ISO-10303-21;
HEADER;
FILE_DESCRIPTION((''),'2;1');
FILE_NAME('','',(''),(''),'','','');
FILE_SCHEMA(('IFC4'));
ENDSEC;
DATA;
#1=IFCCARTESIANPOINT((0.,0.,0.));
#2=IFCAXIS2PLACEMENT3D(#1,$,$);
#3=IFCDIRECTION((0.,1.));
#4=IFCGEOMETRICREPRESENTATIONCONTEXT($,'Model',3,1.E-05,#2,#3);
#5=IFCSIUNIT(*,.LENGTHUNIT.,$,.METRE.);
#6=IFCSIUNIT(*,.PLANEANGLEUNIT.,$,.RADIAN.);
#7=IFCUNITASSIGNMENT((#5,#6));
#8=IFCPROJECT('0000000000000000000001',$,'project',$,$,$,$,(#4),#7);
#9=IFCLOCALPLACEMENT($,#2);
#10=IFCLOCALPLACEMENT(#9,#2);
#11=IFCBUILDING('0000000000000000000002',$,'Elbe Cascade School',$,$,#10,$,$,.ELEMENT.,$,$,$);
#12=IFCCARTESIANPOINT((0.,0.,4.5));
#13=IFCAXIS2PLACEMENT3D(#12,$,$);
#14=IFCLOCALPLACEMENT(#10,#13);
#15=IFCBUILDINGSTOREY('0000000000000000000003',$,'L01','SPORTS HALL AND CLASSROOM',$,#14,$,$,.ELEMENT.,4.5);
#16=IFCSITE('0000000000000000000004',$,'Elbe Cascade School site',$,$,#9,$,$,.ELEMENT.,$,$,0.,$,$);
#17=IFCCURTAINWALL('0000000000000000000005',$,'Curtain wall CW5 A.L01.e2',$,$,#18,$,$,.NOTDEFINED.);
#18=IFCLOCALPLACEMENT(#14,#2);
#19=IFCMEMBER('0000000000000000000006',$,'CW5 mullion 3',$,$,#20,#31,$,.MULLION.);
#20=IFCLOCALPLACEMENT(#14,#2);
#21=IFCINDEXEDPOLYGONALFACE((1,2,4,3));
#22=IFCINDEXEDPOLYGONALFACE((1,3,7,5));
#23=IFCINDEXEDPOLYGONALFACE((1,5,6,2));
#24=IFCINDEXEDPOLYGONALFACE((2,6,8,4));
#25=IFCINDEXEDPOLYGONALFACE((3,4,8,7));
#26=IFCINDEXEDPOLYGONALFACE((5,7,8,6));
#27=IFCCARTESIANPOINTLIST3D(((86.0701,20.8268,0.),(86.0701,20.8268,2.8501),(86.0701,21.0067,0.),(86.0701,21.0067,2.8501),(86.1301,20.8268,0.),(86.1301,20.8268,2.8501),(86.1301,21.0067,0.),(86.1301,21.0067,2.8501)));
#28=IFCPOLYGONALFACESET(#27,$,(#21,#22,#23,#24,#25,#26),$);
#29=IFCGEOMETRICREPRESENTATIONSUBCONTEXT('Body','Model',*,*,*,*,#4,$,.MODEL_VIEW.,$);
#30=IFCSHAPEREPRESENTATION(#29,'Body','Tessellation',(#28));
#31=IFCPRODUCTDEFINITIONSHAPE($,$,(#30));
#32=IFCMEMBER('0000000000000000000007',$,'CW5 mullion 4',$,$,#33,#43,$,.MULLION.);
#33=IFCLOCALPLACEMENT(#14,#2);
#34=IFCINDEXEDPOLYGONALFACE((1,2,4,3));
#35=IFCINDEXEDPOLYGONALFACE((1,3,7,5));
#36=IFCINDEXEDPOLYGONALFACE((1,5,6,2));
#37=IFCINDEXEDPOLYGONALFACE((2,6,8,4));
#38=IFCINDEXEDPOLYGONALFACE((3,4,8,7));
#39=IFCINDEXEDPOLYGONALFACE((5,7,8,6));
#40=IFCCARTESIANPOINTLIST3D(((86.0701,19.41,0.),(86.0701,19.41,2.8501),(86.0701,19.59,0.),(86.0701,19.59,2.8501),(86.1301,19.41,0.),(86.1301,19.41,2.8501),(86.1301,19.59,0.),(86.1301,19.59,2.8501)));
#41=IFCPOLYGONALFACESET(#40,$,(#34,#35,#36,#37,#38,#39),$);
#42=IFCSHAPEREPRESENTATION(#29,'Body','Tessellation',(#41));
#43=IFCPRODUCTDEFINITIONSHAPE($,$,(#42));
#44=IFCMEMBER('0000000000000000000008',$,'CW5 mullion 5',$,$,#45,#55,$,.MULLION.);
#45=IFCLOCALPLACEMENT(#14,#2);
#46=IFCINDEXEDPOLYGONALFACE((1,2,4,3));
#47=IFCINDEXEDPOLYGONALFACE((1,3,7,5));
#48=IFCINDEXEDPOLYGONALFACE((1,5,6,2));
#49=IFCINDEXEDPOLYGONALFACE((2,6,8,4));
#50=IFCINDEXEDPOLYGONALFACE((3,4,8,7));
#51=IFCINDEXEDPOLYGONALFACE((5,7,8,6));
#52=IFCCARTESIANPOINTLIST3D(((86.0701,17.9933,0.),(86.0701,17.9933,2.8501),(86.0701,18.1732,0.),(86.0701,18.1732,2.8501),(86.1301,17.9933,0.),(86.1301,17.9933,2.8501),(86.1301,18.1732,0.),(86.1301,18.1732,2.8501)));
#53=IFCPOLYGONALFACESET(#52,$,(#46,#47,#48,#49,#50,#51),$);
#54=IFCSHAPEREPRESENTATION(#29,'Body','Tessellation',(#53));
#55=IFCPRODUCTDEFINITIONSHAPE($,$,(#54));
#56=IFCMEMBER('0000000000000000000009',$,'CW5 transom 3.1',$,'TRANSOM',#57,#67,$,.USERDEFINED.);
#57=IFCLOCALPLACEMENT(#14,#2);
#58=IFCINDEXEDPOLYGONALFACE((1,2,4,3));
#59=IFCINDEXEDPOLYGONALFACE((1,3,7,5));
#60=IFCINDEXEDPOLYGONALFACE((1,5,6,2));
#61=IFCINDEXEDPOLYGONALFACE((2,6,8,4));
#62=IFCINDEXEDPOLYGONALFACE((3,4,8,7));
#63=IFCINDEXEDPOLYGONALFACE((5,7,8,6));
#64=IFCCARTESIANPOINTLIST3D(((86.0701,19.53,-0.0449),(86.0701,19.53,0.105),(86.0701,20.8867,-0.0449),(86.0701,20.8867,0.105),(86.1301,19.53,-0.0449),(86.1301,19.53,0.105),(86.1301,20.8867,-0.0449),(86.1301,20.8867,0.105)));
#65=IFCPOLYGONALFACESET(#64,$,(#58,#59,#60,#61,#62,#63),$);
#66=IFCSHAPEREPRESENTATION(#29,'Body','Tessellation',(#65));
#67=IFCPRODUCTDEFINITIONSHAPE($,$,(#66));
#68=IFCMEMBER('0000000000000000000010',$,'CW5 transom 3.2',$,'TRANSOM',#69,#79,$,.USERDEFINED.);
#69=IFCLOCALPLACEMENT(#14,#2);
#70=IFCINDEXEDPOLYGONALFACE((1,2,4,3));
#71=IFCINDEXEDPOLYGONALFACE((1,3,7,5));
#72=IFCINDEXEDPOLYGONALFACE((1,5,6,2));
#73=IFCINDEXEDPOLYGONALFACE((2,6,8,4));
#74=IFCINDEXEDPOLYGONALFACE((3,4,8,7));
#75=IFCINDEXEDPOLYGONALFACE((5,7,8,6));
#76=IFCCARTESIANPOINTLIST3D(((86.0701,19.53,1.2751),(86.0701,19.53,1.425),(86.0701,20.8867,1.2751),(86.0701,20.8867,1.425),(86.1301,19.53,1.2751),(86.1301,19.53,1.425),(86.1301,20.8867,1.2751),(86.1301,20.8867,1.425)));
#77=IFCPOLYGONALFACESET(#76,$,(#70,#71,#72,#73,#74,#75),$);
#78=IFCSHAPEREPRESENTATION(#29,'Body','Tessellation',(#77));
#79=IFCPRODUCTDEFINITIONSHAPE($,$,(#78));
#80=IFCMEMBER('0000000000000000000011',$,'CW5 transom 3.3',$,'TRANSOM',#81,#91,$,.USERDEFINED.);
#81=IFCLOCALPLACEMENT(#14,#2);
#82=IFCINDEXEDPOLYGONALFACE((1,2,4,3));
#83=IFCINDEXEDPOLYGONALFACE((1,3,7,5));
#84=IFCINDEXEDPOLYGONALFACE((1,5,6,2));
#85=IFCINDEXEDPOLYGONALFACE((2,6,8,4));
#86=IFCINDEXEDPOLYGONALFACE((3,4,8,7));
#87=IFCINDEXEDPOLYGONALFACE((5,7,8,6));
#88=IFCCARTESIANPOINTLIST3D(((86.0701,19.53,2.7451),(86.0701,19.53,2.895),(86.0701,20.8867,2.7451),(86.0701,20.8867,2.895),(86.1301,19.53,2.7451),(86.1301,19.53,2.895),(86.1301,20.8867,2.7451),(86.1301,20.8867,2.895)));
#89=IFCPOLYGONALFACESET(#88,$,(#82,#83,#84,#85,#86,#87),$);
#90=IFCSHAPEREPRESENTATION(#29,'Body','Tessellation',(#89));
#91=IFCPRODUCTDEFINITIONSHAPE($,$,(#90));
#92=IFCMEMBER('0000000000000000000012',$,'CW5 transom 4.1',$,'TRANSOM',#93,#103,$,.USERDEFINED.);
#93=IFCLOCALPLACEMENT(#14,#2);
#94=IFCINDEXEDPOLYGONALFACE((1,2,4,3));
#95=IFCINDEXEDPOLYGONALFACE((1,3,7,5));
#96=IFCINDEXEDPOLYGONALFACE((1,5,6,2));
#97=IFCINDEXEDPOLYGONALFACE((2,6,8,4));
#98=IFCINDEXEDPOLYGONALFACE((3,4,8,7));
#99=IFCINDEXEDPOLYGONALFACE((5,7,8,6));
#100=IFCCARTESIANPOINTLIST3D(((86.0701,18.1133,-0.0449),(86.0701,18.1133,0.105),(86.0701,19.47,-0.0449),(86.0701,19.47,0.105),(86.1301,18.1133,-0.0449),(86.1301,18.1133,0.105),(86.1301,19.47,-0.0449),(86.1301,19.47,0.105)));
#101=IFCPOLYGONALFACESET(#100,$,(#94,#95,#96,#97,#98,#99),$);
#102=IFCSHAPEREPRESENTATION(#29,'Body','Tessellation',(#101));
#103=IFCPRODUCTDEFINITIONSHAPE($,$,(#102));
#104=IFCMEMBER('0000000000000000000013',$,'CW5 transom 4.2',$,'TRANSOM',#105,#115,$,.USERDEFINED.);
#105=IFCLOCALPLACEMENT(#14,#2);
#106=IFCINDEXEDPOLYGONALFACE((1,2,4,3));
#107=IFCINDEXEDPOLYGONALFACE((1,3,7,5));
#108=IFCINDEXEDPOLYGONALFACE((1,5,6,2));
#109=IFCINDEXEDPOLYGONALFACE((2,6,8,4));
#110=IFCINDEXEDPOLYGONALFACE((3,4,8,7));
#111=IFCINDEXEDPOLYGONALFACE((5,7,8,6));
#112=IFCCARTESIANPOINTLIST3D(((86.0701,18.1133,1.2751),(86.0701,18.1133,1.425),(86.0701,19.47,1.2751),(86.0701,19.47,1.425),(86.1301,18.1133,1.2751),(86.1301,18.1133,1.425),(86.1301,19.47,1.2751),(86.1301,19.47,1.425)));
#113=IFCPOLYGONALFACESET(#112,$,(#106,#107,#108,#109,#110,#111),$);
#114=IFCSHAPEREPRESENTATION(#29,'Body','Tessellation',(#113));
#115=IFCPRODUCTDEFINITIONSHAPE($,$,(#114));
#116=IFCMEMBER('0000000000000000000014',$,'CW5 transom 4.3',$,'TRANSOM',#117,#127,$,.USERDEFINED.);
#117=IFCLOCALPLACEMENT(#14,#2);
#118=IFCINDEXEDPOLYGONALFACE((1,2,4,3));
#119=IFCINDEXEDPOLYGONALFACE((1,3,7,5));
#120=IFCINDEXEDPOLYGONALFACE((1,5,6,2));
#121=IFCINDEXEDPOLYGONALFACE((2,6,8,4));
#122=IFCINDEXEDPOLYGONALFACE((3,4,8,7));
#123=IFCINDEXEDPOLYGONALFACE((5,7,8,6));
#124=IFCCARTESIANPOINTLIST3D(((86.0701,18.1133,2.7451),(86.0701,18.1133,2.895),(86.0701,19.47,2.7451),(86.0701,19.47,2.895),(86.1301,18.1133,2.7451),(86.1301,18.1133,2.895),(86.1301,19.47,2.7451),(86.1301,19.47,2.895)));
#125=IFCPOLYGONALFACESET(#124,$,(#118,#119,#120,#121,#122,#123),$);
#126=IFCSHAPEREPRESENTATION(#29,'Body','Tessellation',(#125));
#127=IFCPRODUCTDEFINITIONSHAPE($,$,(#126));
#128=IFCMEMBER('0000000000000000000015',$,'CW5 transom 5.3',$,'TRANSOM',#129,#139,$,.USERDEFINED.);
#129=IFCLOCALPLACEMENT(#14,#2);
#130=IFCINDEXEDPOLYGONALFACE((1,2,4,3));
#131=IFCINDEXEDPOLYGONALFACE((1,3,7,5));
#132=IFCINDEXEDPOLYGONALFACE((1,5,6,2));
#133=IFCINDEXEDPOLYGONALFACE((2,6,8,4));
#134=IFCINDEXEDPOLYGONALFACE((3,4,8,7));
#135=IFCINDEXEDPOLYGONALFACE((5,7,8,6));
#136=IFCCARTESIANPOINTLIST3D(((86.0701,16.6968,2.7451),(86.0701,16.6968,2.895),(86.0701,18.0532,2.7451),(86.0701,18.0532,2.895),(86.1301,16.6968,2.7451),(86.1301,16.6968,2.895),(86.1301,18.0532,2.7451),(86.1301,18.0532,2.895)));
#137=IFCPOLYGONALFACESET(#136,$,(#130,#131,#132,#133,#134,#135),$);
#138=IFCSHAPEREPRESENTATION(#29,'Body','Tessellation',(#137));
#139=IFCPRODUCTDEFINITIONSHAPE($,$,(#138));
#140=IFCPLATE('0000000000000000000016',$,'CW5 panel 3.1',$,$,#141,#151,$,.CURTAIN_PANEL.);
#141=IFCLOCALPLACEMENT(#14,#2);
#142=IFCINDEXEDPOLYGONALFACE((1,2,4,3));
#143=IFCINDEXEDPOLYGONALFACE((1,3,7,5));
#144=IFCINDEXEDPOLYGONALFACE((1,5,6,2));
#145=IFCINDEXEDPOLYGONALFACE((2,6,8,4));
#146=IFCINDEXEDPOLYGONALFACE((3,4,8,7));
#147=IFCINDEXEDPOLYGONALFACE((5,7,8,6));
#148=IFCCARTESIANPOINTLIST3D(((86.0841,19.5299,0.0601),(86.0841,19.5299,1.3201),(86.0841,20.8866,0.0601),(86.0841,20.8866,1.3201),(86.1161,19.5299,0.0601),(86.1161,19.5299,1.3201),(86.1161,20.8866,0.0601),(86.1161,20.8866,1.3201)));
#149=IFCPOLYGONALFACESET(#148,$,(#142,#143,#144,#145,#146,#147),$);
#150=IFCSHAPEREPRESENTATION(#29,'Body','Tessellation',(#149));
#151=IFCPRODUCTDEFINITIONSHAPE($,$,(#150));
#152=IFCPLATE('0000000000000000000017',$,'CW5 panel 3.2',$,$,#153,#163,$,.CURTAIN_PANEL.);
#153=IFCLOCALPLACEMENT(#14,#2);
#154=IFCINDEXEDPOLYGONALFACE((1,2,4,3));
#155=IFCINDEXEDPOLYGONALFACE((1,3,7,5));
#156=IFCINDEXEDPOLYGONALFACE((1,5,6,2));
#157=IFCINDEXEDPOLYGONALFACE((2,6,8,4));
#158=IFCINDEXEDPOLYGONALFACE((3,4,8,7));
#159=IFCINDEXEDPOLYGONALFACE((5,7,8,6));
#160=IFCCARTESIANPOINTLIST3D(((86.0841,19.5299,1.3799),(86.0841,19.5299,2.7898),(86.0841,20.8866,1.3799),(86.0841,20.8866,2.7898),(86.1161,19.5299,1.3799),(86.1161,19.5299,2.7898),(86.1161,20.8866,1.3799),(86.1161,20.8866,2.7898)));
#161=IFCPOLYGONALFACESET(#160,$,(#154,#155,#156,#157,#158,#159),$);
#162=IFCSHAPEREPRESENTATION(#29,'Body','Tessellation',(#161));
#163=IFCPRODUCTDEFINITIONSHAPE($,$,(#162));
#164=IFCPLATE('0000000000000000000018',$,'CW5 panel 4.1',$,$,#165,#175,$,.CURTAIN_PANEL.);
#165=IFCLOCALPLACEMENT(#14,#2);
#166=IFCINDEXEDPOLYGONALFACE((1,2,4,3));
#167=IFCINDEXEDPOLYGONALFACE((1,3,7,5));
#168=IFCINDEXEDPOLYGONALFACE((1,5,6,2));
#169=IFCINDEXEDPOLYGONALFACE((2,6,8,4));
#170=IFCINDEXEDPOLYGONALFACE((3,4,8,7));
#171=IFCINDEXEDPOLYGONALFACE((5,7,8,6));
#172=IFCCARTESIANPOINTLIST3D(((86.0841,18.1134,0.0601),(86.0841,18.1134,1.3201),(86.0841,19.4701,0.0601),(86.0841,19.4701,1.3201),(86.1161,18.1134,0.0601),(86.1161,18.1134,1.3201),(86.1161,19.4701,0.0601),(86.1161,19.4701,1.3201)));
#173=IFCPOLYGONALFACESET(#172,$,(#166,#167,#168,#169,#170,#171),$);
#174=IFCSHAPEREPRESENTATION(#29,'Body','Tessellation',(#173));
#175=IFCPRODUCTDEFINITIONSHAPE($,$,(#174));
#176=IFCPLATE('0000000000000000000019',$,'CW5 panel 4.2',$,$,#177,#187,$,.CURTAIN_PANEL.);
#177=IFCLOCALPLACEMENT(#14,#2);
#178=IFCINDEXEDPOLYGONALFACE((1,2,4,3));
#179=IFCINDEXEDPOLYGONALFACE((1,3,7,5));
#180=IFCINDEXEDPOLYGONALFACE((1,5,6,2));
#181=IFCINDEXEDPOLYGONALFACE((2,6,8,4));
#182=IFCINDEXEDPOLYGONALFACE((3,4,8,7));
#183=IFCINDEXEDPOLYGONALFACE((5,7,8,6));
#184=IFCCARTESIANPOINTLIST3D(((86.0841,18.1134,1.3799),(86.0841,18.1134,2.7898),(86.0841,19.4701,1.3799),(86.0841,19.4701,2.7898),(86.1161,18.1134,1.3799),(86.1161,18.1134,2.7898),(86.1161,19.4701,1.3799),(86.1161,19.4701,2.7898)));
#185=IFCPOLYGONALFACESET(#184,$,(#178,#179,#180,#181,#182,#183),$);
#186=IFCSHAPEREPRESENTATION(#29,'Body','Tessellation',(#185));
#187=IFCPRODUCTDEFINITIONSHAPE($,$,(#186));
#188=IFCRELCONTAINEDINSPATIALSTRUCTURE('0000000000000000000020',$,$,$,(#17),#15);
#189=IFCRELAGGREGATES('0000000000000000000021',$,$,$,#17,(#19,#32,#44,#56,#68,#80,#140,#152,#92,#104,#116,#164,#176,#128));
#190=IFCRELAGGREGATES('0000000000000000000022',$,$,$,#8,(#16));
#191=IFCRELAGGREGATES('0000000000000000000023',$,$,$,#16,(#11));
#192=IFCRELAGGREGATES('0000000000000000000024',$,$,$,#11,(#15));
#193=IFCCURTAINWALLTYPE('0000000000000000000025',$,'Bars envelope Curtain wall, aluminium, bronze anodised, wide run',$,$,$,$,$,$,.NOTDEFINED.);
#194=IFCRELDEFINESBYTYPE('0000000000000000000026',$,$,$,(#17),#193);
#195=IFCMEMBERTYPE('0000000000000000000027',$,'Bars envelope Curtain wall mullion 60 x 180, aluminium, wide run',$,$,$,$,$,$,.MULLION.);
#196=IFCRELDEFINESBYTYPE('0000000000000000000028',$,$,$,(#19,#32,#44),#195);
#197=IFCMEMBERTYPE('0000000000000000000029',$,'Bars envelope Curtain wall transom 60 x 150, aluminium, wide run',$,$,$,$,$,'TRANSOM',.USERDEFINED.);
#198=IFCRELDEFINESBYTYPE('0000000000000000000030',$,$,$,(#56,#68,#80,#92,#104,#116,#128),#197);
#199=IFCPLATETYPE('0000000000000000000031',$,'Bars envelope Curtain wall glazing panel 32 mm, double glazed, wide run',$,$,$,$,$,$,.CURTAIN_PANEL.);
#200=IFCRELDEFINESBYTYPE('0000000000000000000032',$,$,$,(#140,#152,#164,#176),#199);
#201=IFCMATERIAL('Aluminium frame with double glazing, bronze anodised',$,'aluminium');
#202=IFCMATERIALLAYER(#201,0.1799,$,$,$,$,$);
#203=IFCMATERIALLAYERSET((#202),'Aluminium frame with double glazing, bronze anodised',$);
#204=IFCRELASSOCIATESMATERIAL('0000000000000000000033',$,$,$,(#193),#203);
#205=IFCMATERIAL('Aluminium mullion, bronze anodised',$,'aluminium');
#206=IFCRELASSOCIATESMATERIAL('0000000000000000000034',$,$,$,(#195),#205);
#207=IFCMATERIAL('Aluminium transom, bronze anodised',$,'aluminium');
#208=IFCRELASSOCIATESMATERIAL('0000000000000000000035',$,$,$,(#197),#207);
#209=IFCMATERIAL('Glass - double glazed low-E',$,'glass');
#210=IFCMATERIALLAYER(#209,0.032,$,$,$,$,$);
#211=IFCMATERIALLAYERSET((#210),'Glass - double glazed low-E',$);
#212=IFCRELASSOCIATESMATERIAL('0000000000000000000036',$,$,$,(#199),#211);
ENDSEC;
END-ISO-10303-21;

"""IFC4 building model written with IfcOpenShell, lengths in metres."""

from ifc_helpers import new_model, si_unit, direction, frame, origin, origin_2d, place, context, subcontext, project, spatial, rectangle, extrude, material, layer, layer_set, material_profile, profile_set, type_object, element, aggregate, save


model = new_model("IFC4")

# Units and contexts
model_context = context("Model", 3, precision=1e-05, world=origin(), true_north=direction((0.0, 1.0)))
body_context = subcontext(model_context, "Body", "Model", "MODEL_VIEW")
ifc_project = project(units=[si_unit("LENGTHUNIT", "METRE"), si_unit("PLANEANGLEUNIT", "RADIAN")], contexts=[model_context])

# Site, building, storey
site_placement = place(None, origin())
site = spatial("IfcSite", under=ifc_project, at=site_placement, Name="Elbe Cascade School site", CompositionType="ELEMENT", RefElevation=0.0)
building_placement = place(site_placement, origin())
building = spatial("IfcBuilding", under=site, at=building_placement, Name="Elbe Cascade School", CompositionType="ELEMENT")
storey_placement = place(building_placement, frame((0.0, 0.0, 4.5)))
storey = spatial("IfcBuildingStorey", under=building, at=storey_placement, Name="L01", Description="SPORTS HALL AND CLASSROOM", CompositionType="ELEMENT", Elevation=4.5)

# Curtain wall, members, plates
ifc_material_1 = material(Name="Aluminium frame with double glazing, bronze anodised", Category="aluminium")
ifc_layer_1 = layer(ifc_material_1, 0.1799)
ifc_layer_set_1 = layer_set([ifc_layer_1], Name="Aluminium frame with double glazing, bronze anodised")
curtain_wall_type = type_object("IfcCurtainWallType", Name="Bars envelope Curtain wall, aluminium, bronze anodised, wide run", PredefinedType="NOTDEFINED", material=ifc_layer_set_1)
curtain_wall_placement = place(storey_placement, origin())
curtain_wall = element("IfcCurtainWall", 1, at=curtain_wall_placement, inside=storey, type_object=curtain_wall_type, Name="Curtain wall CW5 A.L01.e2", PredefinedType="NOTDEFINED")
ifc_material_2 = material(Name="Aluminium mullion, bronze anodised", Category="aluminium")
ifc_material_profile_1 = material_profile(ifc_material_2, rectangle(XDim=0.0601, YDim=0.1799, at=origin_2d()), Name="Bars envelope Curtain wall mullion 60 x 180, aluminium, wide run")
ifc_profile_set_1 = profile_set([ifc_material_profile_1], Name="Aluminium mullion, bronze anodised")
member_type_1 = type_object("IfcMemberType", Name="Bars envelope Curtain wall mullion 60 x 180, aluminium, wide run", PredefinedType="MULLION", material=ifc_profile_set_1)
member_1_placement = place(storey_placement, frame((86.1001, 20.9167, 0.0), z_axis=(0.0, 0.0, 1.0), x_axis=(1.0, 0.0, 0.0)))
member_1 = element("IfcMember", 2, at=member_1_placement, type_object=member_type_1, Name="CW5 mullion 3", PredefinedType="MULLION", context=body_context, shape_type="SweptSolid", body=[
    extrude(rectangle(XDim=0.0601, YDim=0.1799, at=origin_2d()), origin(), (0.0, 0.0, 1.0), 2.8501),
])
member_2_placement = place(storey_placement, frame((86.1001, 19.5, 0.0), z_axis=(0.0, 0.0, 1.0), x_axis=(1.0, 0.0, 0.0)))
member_2 = element("IfcMember", 3, at=member_2_placement, type_object=member_type_1, Name="CW5 mullion 4", PredefinedType="MULLION", context=body_context, shape_type="SweptSolid", body=[
    extrude(rectangle(XDim=0.0601, YDim=0.1799, at=origin_2d()), origin(), (0.0, 0.0, 1.0), 2.8501),
])
member_3_placement = place(storey_placement, frame((86.1001, 18.0833, 0.0), z_axis=(0.0, 0.0, 1.0), x_axis=(1.0, 0.0, 0.0)))
member_3 = element("IfcMember", 4, at=member_3_placement, type_object=member_type_1, Name="CW5 mullion 5", PredefinedType="MULLION", context=body_context, shape_type="SweptSolid", body=[
    extrude(rectangle(XDim=0.0601, YDim=0.1799, at=origin_2d()), origin(), (0.0, 0.0, 1.0), 2.8501),
])
ifc_material_3 = material(Name="Aluminium transom, bronze anodised", Category="aluminium")
ifc_material_profile_2 = material_profile(ifc_material_3, rectangle(XDim=0.0601, YDim=0.1499, at=origin_2d()), Name="Bars envelope Curtain wall transom 60 x 150, aluminium, wide run")
ifc_profile_set_2 = profile_set([ifc_material_profile_2], Name="Aluminium transom, bronze anodised")
member_type_2 = type_object("IfcMemberType", Name="Bars envelope Curtain wall transom 60 x 150, aluminium, wide run", ElementType="TRANSOM", PredefinedType="USERDEFINED", material=ifc_profile_set_2)
member_4_placement = place(storey_placement, frame((86.1001, 20.8867, 0.03), z_axis=(0.0, -1.0, 0.0), x_axis=(1.0, 0.0, 0.0)))
member_4 = element("IfcMember", 5, at=member_4_placement, type_object=member_type_2, Name="CW5 transom 3.1", ObjectType="TRANSOM", PredefinedType="USERDEFINED", context=body_context, shape_type="SweptSolid", body=[
    extrude(rectangle(XDim=0.0601, YDim=0.1499, at=origin_2d()), origin(), (0.0, 0.0, 1.0), 1.3567),
])
member_5_placement = place(storey_placement, frame((86.1001, 20.8867, 1.3501), z_axis=(0.0, -1.0, 0.0), x_axis=(1.0, 0.0, 0.0)))
member_5 = element("IfcMember", 6, at=member_5_placement, type_object=member_type_2, Name="CW5 transom 3.2", ObjectType="TRANSOM", PredefinedType="USERDEFINED", context=body_context, shape_type="SweptSolid", body=[
    extrude(rectangle(XDim=0.0601, YDim=0.1499, at=origin_2d()), origin(), (0.0, 0.0, 1.0), 1.3567),
])
member_6_placement = place(storey_placement, frame((86.1001, 20.8867, 2.8201), z_axis=(0.0, -1.0, 0.0), x_axis=(1.0, 0.0, 0.0)))
member_6 = element("IfcMember", 7, at=member_6_placement, type_object=member_type_2, Name="CW5 transom 3.3", ObjectType="TRANSOM", PredefinedType="USERDEFINED", context=body_context, shape_type="SweptSolid", body=[
    extrude(rectangle(XDim=0.0601, YDim=0.1499, at=origin_2d()), origin(), (0.0, 0.0, 1.0), 1.3567),
])
member_7_placement = place(storey_placement, frame((86.1001, 19.47, 0.03), z_axis=(0.0, -1.0, 0.0), x_axis=(1.0, 0.0, 0.0)))
member_7 = element("IfcMember", 8, at=member_7_placement, type_object=member_type_2, Name="CW5 transom 4.1", ObjectType="TRANSOM", PredefinedType="USERDEFINED", context=body_context, shape_type="SweptSolid", body=[
    extrude(rectangle(XDim=0.0601, YDim=0.1499, at=origin_2d()), origin(), (0.0, 0.0, 1.0), 1.3567),
])
member_8_placement = place(storey_placement, frame((86.1001, 19.47, 1.3501), z_axis=(0.0, -1.0, 0.0), x_axis=(1.0, 0.0, 0.0)))
member_8 = element("IfcMember", 9, at=member_8_placement, type_object=member_type_2, Name="CW5 transom 4.2", ObjectType="TRANSOM", PredefinedType="USERDEFINED", context=body_context, shape_type="SweptSolid", body=[
    extrude(rectangle(XDim=0.0601, YDim=0.1499, at=origin_2d()), origin(), (0.0, 0.0, 1.0), 1.3567),
])
member_9_placement = place(storey_placement, frame((86.1001, 19.47, 2.8201), z_axis=(0.0, -1.0, 0.0), x_axis=(1.0, 0.0, 0.0)))
member_9 = element("IfcMember", 10, at=member_9_placement, type_object=member_type_2, Name="CW5 transom 4.3", ObjectType="TRANSOM", PredefinedType="USERDEFINED", context=body_context, shape_type="SweptSolid", body=[
    extrude(rectangle(XDim=0.0601, YDim=0.1499, at=origin_2d()), origin(), (0.0, 0.0, 1.0), 1.3567),
])
member_10_placement = place(storey_placement, frame((86.1001, 18.0532, 2.8201), z_axis=(0.0, -1.0, 0.0), x_axis=(1.0, 0.0, 0.0)))
member_10 = element("IfcMember", 11, at=member_10_placement, type_object=member_type_2, Name="CW5 transom 5.3", ObjectType="TRANSOM", PredefinedType="USERDEFINED", context=body_context, shape_type="SweptSolid", body=[
    extrude(rectangle(XDim=0.0601, YDim=0.1499, at=origin_2d()), origin(), (0.0, 0.0, 1.0), 1.3564),
])
ifc_material_4 = material(Name="Glass - double glazed low-E", Category="glass")
ifc_layer_2 = layer(ifc_material_4, 0.032)
ifc_layer_set_2 = layer_set([ifc_layer_2], Name="Glass - double glazed low-E")
plate_type = type_object("IfcPlateType", Name="Bars envelope Curtain wall glazing panel 32 mm, double glazed, wide run", PredefinedType="CURTAIN_PANEL", material=ifc_layer_set_2)
plate_1_placement = place(storey_placement, frame((86.1001, 20.2083, 0.0601), z_axis=(0.0, 0.0, 1.0), x_axis=(0.0, -1.0, 0.0)))
plate_1 = element("IfcPlate", 12, at=plate_1_placement, type_object=plate_type, Name="CW5 panel 3.1", PredefinedType="CURTAIN_PANEL", context=body_context, shape_type="SweptSolid", body=[
    extrude(rectangle(XDim=1.3567, YDim=0.032, at=origin_2d()), origin(), (0.0, 0.0, 1.0), 1.26),
])
plate_2_placement = place(storey_placement, frame((86.1001, 20.2083, 1.3799), z_axis=(0.0, 0.0, 1.0), x_axis=(0.0, -1.0, 0.0)))
plate_2 = element("IfcPlate", 13, at=plate_2_placement, type_object=plate_type, Name="CW5 panel 3.2", PredefinedType="CURTAIN_PANEL", context=body_context, shape_type="SweptSolid", body=[
    extrude(rectangle(XDim=1.3567, YDim=0.032, at=origin_2d()), origin(), (0.0, 0.0, 1.0), 1.4099),
])
plate_3_placement = place(storey_placement, frame((86.1001, 18.7917, 0.0601), z_axis=(0.0, 0.0, 1.0), x_axis=(0.0, -1.0, 0.0)))
plate_3 = element("IfcPlate", 14, at=plate_3_placement, type_object=plate_type, Name="CW5 panel 4.1", PredefinedType="CURTAIN_PANEL", context=body_context, shape_type="SweptSolid", body=[
    extrude(rectangle(XDim=1.3567, YDim=0.032, at=origin_2d()), origin(), (0.0, 0.0, 1.0), 1.26),
])
plate_4_placement = place(storey_placement, frame((86.1001, 18.7917, 1.3799), z_axis=(0.0, 0.0, 1.0), x_axis=(0.0, -1.0, 0.0)))
plate_4 = element("IfcPlate", 15, at=plate_4_placement, type_object=plate_type, Name="CW5 panel 4.2", PredefinedType="CURTAIN_PANEL", context=body_context, shape_type="SweptSolid", body=[
    extrude(rectangle(XDim=1.3567, YDim=0.032, at=origin_2d()), origin(), (0.0, 0.0, 1.0), 1.4099),
])
aggregate(curtain_wall, [member_1, member_2, member_3, member_4, member_5, member_6, plate_1, plate_2, member_7, member_8, member_9, plate_3, plate_4, member_10])

save(model, "model.ifc")
